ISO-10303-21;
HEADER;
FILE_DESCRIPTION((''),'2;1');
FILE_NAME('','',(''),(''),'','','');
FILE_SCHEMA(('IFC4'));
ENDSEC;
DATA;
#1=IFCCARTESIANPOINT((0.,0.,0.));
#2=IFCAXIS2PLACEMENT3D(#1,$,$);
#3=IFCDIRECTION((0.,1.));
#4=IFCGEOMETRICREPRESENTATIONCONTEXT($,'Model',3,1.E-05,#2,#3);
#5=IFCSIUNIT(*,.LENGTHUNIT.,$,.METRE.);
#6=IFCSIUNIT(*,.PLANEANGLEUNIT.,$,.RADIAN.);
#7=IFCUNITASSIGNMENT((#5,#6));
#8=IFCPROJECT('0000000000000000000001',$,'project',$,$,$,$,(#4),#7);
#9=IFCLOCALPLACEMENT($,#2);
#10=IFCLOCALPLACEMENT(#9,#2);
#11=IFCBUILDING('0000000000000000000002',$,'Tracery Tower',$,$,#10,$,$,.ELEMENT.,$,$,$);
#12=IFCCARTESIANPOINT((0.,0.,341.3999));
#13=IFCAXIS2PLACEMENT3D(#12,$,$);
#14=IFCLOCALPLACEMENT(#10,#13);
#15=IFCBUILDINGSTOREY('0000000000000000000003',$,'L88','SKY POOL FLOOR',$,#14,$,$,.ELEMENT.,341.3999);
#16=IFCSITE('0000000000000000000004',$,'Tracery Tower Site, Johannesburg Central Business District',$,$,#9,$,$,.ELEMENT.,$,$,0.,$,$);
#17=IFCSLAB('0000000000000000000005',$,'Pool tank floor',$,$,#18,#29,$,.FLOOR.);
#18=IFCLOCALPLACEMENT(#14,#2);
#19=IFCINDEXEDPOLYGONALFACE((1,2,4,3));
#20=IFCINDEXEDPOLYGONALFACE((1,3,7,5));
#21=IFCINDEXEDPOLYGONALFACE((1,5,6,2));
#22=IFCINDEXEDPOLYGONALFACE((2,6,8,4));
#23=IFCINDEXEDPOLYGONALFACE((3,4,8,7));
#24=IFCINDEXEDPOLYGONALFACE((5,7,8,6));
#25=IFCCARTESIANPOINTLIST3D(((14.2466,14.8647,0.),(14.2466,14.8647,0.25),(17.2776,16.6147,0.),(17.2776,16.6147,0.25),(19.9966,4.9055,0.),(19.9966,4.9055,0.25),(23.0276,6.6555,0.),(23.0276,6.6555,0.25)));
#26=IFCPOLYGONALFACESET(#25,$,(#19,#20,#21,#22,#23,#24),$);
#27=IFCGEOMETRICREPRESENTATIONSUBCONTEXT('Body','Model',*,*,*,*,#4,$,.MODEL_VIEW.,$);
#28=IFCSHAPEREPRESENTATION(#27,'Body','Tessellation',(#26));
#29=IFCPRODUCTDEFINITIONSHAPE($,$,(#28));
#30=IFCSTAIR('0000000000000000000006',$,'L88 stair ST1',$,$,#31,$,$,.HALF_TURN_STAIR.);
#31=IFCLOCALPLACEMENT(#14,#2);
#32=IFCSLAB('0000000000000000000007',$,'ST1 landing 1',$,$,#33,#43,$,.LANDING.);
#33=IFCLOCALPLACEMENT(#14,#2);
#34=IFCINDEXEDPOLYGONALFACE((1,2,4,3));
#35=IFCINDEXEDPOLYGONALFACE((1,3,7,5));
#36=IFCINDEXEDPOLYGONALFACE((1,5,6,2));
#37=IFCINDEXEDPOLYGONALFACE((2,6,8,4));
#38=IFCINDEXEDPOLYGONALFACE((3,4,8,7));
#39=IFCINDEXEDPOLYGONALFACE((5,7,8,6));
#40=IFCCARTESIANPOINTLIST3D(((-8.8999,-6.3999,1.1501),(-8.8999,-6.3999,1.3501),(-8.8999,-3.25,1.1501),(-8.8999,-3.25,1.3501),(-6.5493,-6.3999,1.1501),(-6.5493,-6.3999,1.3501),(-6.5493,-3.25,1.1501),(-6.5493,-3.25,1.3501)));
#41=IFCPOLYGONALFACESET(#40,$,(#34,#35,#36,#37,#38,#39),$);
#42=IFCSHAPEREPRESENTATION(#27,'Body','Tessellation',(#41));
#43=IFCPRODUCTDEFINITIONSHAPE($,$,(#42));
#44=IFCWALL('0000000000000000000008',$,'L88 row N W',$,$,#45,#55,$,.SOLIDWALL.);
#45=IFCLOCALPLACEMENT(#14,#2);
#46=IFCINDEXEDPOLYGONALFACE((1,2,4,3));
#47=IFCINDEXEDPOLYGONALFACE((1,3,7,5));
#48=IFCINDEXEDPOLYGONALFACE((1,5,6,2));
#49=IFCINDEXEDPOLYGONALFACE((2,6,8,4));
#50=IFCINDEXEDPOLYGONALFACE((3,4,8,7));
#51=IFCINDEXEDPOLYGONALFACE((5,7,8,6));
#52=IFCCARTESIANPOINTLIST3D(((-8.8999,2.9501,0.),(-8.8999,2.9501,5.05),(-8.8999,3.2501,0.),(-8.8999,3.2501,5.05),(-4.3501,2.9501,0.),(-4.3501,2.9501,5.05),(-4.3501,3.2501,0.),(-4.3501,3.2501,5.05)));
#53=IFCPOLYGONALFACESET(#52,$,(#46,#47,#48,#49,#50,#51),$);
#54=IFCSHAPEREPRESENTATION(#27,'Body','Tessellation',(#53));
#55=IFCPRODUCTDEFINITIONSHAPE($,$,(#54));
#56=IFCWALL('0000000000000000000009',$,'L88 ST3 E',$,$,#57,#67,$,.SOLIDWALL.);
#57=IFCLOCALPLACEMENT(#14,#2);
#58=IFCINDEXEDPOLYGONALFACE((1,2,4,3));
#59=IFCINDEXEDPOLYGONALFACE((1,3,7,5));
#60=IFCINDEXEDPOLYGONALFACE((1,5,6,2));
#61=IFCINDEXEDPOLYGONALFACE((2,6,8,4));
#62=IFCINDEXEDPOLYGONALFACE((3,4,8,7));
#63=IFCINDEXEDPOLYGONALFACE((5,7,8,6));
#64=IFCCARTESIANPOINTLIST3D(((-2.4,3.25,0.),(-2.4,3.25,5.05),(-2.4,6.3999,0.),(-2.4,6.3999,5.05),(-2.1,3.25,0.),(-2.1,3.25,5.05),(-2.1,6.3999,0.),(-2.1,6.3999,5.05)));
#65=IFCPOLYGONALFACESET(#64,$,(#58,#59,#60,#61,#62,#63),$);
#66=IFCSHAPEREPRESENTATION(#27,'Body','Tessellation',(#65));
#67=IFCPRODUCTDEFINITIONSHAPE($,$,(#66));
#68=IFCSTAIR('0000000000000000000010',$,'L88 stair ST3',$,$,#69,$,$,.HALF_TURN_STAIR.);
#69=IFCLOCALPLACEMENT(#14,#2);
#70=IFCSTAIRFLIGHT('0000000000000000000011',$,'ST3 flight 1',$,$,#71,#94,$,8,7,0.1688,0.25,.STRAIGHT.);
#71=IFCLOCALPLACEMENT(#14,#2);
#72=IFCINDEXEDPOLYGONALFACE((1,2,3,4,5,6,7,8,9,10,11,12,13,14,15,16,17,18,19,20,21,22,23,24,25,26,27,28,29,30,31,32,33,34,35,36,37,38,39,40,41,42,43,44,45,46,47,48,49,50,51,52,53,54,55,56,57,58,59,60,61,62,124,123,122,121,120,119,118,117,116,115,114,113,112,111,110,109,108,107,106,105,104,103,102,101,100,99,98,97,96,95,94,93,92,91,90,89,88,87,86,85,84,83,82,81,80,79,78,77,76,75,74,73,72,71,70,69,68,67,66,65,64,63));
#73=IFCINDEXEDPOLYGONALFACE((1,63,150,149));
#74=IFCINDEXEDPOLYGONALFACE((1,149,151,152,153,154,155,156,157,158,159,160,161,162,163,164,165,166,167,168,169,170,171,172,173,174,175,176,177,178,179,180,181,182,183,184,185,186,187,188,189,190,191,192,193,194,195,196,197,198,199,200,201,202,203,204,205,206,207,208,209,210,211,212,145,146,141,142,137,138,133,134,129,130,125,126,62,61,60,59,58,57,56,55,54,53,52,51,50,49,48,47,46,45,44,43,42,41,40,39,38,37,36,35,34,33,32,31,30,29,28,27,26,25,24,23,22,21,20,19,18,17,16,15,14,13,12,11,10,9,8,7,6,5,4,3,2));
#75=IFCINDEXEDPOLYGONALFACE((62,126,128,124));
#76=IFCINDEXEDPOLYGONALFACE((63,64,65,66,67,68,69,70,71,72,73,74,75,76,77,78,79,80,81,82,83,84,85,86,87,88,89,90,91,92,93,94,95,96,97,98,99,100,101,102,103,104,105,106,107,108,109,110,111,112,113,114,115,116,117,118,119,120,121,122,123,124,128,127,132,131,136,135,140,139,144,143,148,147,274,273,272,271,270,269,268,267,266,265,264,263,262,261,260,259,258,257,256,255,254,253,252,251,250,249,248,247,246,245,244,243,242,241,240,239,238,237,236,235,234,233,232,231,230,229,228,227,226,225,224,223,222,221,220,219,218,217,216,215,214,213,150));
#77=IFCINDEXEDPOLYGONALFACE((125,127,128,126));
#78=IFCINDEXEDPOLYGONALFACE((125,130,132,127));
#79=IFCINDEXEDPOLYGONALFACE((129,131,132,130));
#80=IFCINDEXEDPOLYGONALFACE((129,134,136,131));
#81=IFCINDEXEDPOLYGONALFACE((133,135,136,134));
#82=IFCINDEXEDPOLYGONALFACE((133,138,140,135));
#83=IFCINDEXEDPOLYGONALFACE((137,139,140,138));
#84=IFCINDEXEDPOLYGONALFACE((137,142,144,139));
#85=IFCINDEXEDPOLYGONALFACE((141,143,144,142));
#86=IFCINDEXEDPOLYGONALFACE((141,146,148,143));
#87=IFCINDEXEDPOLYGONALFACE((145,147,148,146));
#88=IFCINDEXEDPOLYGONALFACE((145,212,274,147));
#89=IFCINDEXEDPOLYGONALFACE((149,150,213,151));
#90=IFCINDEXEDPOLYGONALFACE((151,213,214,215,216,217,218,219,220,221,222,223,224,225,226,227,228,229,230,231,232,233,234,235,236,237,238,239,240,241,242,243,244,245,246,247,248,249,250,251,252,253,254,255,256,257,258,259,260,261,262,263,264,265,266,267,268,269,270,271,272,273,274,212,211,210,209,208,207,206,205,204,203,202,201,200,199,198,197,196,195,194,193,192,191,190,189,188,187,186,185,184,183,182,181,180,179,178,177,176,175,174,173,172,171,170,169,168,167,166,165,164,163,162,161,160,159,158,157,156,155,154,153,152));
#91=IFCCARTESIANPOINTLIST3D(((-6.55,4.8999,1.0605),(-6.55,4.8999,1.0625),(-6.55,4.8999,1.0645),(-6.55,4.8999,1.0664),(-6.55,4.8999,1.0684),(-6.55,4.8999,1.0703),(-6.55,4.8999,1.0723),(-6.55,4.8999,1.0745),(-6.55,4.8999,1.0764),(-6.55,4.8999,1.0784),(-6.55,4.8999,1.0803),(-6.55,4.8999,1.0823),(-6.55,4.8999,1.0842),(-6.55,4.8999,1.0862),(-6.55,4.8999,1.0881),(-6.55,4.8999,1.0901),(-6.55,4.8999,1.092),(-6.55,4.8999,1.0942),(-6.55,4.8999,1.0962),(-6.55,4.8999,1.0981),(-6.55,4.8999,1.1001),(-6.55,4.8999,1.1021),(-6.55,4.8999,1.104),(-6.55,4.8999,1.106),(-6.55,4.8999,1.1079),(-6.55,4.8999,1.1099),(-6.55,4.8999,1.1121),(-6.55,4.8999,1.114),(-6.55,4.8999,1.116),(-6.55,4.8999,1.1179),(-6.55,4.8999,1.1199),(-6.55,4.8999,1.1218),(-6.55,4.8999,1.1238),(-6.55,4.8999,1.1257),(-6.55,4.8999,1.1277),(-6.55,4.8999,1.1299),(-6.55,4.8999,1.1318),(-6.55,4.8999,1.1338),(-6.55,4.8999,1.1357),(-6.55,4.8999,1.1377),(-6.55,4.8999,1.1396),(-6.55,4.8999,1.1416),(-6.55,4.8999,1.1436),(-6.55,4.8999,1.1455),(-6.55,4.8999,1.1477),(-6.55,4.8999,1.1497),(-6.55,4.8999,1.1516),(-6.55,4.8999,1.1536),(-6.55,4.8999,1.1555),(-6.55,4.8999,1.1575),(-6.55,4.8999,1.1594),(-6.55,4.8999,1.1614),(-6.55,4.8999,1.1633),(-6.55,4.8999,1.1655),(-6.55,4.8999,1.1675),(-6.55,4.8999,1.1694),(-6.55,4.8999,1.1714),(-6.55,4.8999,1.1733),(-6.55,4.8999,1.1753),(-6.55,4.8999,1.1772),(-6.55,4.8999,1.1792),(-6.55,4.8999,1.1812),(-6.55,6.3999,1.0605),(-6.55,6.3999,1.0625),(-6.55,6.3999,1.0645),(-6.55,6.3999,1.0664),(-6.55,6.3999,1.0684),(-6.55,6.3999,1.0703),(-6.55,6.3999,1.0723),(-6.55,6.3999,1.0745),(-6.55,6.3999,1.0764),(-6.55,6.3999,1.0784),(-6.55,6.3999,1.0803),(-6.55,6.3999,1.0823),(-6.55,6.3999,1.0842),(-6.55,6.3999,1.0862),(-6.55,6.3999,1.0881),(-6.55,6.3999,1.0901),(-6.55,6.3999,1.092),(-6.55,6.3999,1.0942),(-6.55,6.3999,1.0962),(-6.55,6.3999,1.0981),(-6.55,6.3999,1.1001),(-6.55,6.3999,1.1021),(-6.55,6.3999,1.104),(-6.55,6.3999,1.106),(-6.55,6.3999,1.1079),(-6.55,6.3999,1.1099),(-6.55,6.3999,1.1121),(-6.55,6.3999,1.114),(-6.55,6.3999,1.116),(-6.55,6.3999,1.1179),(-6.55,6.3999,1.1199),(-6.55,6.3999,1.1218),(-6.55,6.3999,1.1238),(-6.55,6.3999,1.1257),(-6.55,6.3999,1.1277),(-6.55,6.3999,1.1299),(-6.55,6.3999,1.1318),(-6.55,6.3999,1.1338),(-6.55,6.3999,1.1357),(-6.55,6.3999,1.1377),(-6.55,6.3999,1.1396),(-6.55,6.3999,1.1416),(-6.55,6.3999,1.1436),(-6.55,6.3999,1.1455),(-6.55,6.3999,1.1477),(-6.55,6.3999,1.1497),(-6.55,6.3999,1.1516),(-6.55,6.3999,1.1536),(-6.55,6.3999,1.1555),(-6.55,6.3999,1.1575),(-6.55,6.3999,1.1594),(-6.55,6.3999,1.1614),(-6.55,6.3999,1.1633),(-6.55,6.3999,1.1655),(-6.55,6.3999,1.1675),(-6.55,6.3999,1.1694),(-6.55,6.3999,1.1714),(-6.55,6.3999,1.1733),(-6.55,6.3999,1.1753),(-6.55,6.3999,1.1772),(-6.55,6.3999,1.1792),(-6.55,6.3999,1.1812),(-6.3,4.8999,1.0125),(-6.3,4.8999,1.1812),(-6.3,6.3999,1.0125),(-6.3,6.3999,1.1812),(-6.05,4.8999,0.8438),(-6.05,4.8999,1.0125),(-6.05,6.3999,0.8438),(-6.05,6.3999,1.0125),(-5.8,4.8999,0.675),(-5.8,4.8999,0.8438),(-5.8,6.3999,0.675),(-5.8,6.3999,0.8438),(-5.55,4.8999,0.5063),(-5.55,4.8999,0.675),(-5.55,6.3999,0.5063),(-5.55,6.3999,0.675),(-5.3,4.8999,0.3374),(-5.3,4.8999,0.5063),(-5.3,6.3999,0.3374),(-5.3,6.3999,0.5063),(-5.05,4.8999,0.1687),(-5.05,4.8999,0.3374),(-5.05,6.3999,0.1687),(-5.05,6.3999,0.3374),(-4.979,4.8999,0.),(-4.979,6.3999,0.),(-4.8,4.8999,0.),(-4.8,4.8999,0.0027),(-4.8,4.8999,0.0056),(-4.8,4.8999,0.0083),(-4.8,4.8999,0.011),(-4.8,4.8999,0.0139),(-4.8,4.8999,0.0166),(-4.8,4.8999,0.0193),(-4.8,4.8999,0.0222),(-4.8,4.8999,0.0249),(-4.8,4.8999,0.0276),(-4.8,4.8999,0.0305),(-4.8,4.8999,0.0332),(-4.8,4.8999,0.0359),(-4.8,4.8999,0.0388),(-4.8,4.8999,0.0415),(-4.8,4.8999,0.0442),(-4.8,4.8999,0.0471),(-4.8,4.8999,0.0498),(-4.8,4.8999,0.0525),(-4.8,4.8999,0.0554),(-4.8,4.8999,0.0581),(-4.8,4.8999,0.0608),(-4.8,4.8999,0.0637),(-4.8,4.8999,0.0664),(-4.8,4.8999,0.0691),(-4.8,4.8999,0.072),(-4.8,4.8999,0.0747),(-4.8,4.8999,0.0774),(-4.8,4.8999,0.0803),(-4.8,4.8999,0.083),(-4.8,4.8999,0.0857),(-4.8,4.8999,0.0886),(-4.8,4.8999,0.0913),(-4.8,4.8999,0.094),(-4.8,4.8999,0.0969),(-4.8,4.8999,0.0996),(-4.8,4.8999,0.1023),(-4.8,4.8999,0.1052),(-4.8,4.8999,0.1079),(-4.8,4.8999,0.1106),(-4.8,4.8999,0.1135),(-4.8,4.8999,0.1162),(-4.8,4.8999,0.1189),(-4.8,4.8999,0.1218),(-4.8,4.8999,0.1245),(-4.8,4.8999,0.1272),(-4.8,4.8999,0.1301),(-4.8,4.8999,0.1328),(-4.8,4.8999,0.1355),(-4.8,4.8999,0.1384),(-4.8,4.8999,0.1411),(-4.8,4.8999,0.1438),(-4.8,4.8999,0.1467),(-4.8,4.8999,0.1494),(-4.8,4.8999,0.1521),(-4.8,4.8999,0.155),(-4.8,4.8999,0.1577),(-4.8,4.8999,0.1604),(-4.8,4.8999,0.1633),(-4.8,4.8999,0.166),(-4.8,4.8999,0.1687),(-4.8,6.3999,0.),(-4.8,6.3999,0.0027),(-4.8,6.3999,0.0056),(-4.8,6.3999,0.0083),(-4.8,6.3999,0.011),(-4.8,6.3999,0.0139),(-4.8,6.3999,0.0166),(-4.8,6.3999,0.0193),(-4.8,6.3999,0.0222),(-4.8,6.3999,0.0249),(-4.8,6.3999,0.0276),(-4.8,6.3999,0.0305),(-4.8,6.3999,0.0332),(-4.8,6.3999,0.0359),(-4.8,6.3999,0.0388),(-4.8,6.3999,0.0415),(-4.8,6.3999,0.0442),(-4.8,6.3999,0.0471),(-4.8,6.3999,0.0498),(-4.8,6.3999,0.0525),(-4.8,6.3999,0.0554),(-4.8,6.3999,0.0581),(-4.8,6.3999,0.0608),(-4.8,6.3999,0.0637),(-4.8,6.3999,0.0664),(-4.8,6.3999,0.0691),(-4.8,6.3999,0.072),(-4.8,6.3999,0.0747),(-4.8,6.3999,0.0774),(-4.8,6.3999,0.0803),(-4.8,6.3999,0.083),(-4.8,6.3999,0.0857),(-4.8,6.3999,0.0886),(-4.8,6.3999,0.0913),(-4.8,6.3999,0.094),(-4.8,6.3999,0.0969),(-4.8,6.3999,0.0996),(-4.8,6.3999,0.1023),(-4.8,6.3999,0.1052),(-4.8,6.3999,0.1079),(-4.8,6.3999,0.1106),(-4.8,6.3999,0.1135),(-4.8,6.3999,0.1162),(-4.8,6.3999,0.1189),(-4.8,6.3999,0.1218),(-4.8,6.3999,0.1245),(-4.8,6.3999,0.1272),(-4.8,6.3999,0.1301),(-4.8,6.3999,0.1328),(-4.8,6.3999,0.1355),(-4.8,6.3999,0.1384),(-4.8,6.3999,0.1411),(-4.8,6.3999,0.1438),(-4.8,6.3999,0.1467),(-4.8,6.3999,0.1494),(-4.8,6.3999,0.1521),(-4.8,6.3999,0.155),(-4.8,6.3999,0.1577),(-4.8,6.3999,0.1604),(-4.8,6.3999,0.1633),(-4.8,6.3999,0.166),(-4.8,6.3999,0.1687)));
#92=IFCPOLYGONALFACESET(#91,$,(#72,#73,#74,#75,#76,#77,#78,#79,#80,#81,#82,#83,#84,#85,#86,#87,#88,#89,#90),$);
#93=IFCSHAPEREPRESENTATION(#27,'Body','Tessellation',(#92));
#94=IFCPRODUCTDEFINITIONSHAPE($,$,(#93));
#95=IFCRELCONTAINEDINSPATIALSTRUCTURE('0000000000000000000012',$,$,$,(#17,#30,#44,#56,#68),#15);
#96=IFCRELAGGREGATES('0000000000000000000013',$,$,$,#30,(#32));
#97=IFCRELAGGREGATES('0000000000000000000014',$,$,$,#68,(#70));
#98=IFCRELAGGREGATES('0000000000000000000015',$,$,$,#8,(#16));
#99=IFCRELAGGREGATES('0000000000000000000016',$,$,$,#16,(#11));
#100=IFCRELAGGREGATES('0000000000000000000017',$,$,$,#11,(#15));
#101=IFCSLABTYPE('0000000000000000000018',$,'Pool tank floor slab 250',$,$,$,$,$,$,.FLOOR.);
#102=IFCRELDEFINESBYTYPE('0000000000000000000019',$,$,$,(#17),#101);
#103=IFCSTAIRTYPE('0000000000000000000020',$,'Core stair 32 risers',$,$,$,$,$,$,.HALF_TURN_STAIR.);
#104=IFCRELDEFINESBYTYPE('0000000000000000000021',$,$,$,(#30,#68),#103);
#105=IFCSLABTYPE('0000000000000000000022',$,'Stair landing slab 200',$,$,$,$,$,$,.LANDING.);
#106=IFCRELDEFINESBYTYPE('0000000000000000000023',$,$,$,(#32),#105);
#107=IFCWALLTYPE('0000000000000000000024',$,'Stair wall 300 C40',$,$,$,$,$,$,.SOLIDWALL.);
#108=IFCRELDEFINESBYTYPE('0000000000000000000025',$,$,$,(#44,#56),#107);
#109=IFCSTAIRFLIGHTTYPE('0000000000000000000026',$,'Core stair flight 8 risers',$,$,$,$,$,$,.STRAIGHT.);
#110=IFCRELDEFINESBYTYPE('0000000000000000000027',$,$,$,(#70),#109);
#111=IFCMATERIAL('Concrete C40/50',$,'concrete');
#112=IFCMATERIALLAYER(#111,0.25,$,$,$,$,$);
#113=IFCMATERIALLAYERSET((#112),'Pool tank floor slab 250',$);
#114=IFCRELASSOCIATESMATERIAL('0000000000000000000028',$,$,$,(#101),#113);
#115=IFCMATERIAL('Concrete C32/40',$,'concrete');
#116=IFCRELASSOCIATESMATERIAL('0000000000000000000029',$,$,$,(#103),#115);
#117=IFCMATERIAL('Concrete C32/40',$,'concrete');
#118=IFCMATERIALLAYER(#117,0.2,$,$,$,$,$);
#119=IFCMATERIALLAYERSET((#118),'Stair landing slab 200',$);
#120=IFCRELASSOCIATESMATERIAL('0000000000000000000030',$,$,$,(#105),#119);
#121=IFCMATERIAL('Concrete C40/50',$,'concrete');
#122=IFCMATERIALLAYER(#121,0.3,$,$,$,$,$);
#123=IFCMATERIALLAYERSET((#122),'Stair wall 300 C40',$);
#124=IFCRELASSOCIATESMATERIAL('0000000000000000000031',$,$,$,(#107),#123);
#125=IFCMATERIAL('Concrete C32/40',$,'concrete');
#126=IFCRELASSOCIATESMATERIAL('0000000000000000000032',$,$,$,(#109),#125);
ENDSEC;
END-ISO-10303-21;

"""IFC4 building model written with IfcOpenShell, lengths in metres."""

from ifc_helpers import new_model, si_unit, direction, frame, frame_2d, origin, place, context, subcontext, project, spatial, polyline, rectangle, outline, extrude, material, layer, layer_set, type_object, element, aggregate, save


model = new_model("IFC4")

# Units and contexts
model_context = context("Model", 3, precision=1e-05, world=origin(), true_north=direction((0.0, 1.0)))
body_context = subcontext(model_context, "Body", "Model", "MODEL_VIEW")
ifc_project = project(units=[si_unit("LENGTHUNIT", "METRE"), si_unit("PLANEANGLEUNIT", "RADIAN")], contexts=[model_context])

# Site, building, storey
site_placement = place(None, origin())
site = spatial("IfcSite", under=ifc_project, at=site_placement, Name="Tracery Tower Site, Johannesburg Central Business District", CompositionType="ELEMENT", RefElevation=0.0)
building_placement = place(site_placement, origin())
building = spatial("IfcBuilding", under=site, at=building_placement, Name="Tracery Tower", CompositionType="ELEMENT")
storey_placement = place(building_placement, frame((0.0, 0.0, 341.3999)))
storey = spatial("IfcBuildingStorey", under=building, at=storey_placement, Name="L88", Description="SKY POOL FLOOR", CompositionType="ELEMENT", Elevation=341.3999)

# Slab
ifc_material_1 = material(Name="Concrete C40/50", Category="concrete")
ifc_layer_1 = layer(ifc_material_1, 0.25)
ifc_layer_set_1 = layer_set([ifc_layer_1], Name="Pool tank floor slab 250")
slab_type_1 = type_object("IfcSlabType", Name="Pool tank floor slab 250", PredefinedType="FLOOR", material=ifc_layer_set_1)
slab_1_placement = place(storey_placement, origin())
element("IfcSlab", 1, at=slab_1_placement, inside=storey, type_object=slab_type_1, Name="Pool tank floor", PredefinedType="FLOOR", context=body_context, shape_type="SweptSolid", body=[
    extrude(outline(polyline([(19.9966, 4.9055), (14.2466, 14.8647), (17.2776, 16.6147), (23.0276, 6.6555), (19.9966, 4.9055)])), origin(), (0.0, 0.0, 1.0), 0.25),
])

# Stair, slab
ifc_material_2 = material(Name="Concrete C32/40", Category="concrete")
stair_type = type_object("IfcStairType", Name="Core stair 32 risers", PredefinedType="HALF_TURN_STAIR", material=ifc_material_2)
stair_1_placement = place(storey_placement, origin())
stair_1 = element("IfcStair", 2, at=stair_1_placement, inside=storey, type_object=stair_type, Name="L88 stair ST1", PredefinedType="HALF_TURN_STAIR")
ifc_material_3 = material(Name="Concrete C32/40", Category="concrete")
ifc_layer_2 = layer(ifc_material_3, 0.2)
ifc_layer_set_2 = layer_set([ifc_layer_2], Name="Stair landing slab 200")
slab_type_2 = type_object("IfcSlabType", Name="Stair landing slab 200", PredefinedType="LANDING", material=ifc_layer_set_2)
slab_2_placement = place(storey_placement, frame((0.0, 0.0, 1.1501)))
slab_2 = element("IfcSlab", 3, at=slab_2_placement, type_object=slab_type_2, Name="ST1 landing 1", PredefinedType="LANDING", context=body_context, shape_type="SweptSolid", body=[
    extrude(outline(polyline([(-6.5493, -3.25), (-8.8999, -3.25), (-8.8999, -6.3999), (-6.5493, -6.3999), (-6.5493, -3.25)])), origin(), (0.0, 0.0, 1.0), 0.2),
])
aggregate(stair_1, [slab_2])

# Wall
ifc_material_4 = material(Name="Concrete C40/50", Category="concrete")
ifc_layer_3 = layer(ifc_material_4, 0.3)
ifc_layer_set_3 = layer_set([ifc_layer_3], Name="Stair wall 300 C40")
wall_type = type_object("IfcWallType", Name="Stair wall 300 C40", PredefinedType="SOLIDWALL", material=ifc_layer_set_3)
wall_1_placement = place(storey_placement, frame((-8.8999, 3.1001, 0.0), z_axis=(0.0, 0.0, 1.0), x_axis=(1.0, 0.0, 0.0)))
element("IfcWall", 4, at=wall_1_placement, inside=storey, type_object=wall_type, Name="L88 row N W", PredefinedType="SOLIDWALL", context=body_context, shape_type="SweptSolid", body=[
    extrude(rectangle(XDim=4.5498, YDim=0.3, at=frame_2d((2.2749, 0.0))), origin(), (0.0, 0.0, 1.0), 5.05),
])

# Wall
wall_2_placement = place(storey_placement, frame((-2.25, 3.25, 0.0), z_axis=(0.0, 0.0, 1.0), x_axis=(0.0, 1.0, 0.0)))
element("IfcWall", 5, at=wall_2_placement, inside=storey, type_object=wall_type, Name="L88 ST3 E", PredefinedType="SOLIDWALL", context=body_context, shape_type="SweptSolid", body=[
    extrude(rectangle(XDim=3.1499, YDim=0.3, at=frame_2d((1.575, 0.0))), origin(), (0.0, 0.0, 1.0), 5.05),
])

# Stair, stair flight
stair_2_placement = place(storey_placement, origin())
stair_2 = element("IfcStair", 6, at=stair_2_placement, inside=storey, type_object=stair_type, Name="L88 stair ST3", PredefinedType="HALF_TURN_STAIR")
ifc_material_5 = material(Name="Concrete C32/40", Category="concrete")
stair_flight_type = type_object("IfcStairFlightType", Name="Core stair flight 8 risers", PredefinedType="STRAIGHT", material=ifc_material_5)
stair_flight_1_placement = place(storey_placement, frame((-4.8, 5.6499, 0.0), z_axis=(0.0, 0.0, 1.0), x_axis=(-1.0, 0.0, 0.0)))
stair_flight_1 = element("IfcStairFlight", 7, at=stair_flight_1_placement, type_object=stair_flight_type, Name="ST3 flight 1", NumberOfRisers=8, NumberOfTreads=7, PredefinedType="STRAIGHT", RiserHeight=0.1688, TreadLength=0.25, context=body_context, shape_type="SweptSolid", body=[
    extrude(outline(polyline([(0.0, 0.0), (0.0, 0.0027), (0.0, 0.0056), (0.0, 0.0083), (0.0, 0.011), (0.0, 0.0139), (0.0, 0.0166), (0.0, 0.0193), (0.0, 0.0222), (0.0, 0.0249), (0.0, 0.0276), (0.0, 0.0305), (0.0, 0.0332), (0.0, 0.0359), (0.0, 0.0388), (0.0, 0.0415), (0.0, 0.0442), (0.0, 0.0471), (0.0, 0.0498), (0.0, 0.0525), (0.0, 0.0554), (0.0, 0.0581), (0.0, 0.0608), (0.0, 0.0637), (0.0, 0.0664), (0.0, 0.0691), (0.0, 0.072), (0.0, 0.0747), (0.0, 0.0774), (0.0, 0.0803), (0.0, 0.083), (0.0, 0.0857), (0.0, 0.0886), (0.0, 0.0913), (0.0, 0.094), (0.0, 0.0969), (0.0, 0.0996), (0.0, 0.1023), (0.0, 0.1052), (0.0, 0.1079), (0.0, 0.1106), (0.0, 0.1135), (0.0, 0.1162), (0.0, 0.1189), (0.0, 0.1218), (0.0, 0.1245), (0.0, 0.1272), (0.0, 0.1301), (0.0, 0.1328), (0.0, 0.1355), (0.0, 0.1384), (0.0, 0.1411), (0.0, 0.1438), (0.0, 0.1467), (0.0, 0.1494), (0.0, 0.1521), (0.0, 0.155), (0.0, 0.1577), (0.0, 0.1604), (0.0, 0.1633), (0.0, 0.166), (0.0, 0.1687), (0.25, 0.1687), (0.25, 0.3374), (0.5, 0.3374), (0.5, 0.5063), (0.75, 0.5063), (0.75, 0.675), (1.0, 0.675), (1.0, 0.8438), (1.25, 0.8438), (1.25, 1.0125), (1.5, 1.0125), (1.5, 1.1812), (1.75, 1.1812), (1.75, 1.1792), (1.75, 1.1772), (1.75, 1.1753), (1.75, 1.1733), (1.75, 1.1714), (1.75, 1.1694), (1.75, 1.1675), (1.75, 1.1655), (1.75, 1.1633), (1.75, 1.1614), (1.75, 1.1594), (1.75, 1.1575), (1.75, 1.1555), (1.75, 1.1536), (1.75, 1.1516), (1.75, 1.1497), (1.75, 1.1477), (1.75, 1.1455), (1.75, 1.1436), (1.75, 1.1416), (1.75, 1.1396), (1.75, 1.1377), (1.75, 1.1357), (1.75, 1.1338), (1.75, 1.1318), (1.75, 1.1299), (1.75, 1.1277), (1.75, 1.1257), (1.75, 1.1238), (1.75, 1.1218), (1.75, 1.1199), (1.75, 1.1179), (1.75, 1.116), (1.75, 1.114), (1.75, 1.1121), (1.75, 1.1099), (1.75, 1.1079), (1.75, 1.106), (1.75, 1.104), (1.75, 1.1021), (1.75, 1.1001), (1.75, 1.0981), (1.75, 1.0962), (1.75, 1.0942), (1.75, 1.092), (1.75, 1.0901), (1.75, 1.0881), (1.75, 1.0862), (1.75, 1.0842), (1.75, 1.0823), (1.75, 1.0803), (1.75, 1.0784), (1.75, 1.0764), (1.75, 1.0745), (1.75, 1.0723), (1.75, 1.0703), (1.75, 1.0684), (1.75, 1.0664), (1.75, 1.0645), (1.75, 1.0625), (1.75, 1.0605), (0.179, 0.0), (0.0, 0.0)])), frame((0.0, 0.75, 0.0), z_axis=(0.0, -1.0, 0.0), x_axis=(1.0, 0.0, 0.0)), (0.0, 0.0, 1.0), 1.5),
])
aggregate(stair_2, [stair_flight_1])

save(model, "model.ifc")
